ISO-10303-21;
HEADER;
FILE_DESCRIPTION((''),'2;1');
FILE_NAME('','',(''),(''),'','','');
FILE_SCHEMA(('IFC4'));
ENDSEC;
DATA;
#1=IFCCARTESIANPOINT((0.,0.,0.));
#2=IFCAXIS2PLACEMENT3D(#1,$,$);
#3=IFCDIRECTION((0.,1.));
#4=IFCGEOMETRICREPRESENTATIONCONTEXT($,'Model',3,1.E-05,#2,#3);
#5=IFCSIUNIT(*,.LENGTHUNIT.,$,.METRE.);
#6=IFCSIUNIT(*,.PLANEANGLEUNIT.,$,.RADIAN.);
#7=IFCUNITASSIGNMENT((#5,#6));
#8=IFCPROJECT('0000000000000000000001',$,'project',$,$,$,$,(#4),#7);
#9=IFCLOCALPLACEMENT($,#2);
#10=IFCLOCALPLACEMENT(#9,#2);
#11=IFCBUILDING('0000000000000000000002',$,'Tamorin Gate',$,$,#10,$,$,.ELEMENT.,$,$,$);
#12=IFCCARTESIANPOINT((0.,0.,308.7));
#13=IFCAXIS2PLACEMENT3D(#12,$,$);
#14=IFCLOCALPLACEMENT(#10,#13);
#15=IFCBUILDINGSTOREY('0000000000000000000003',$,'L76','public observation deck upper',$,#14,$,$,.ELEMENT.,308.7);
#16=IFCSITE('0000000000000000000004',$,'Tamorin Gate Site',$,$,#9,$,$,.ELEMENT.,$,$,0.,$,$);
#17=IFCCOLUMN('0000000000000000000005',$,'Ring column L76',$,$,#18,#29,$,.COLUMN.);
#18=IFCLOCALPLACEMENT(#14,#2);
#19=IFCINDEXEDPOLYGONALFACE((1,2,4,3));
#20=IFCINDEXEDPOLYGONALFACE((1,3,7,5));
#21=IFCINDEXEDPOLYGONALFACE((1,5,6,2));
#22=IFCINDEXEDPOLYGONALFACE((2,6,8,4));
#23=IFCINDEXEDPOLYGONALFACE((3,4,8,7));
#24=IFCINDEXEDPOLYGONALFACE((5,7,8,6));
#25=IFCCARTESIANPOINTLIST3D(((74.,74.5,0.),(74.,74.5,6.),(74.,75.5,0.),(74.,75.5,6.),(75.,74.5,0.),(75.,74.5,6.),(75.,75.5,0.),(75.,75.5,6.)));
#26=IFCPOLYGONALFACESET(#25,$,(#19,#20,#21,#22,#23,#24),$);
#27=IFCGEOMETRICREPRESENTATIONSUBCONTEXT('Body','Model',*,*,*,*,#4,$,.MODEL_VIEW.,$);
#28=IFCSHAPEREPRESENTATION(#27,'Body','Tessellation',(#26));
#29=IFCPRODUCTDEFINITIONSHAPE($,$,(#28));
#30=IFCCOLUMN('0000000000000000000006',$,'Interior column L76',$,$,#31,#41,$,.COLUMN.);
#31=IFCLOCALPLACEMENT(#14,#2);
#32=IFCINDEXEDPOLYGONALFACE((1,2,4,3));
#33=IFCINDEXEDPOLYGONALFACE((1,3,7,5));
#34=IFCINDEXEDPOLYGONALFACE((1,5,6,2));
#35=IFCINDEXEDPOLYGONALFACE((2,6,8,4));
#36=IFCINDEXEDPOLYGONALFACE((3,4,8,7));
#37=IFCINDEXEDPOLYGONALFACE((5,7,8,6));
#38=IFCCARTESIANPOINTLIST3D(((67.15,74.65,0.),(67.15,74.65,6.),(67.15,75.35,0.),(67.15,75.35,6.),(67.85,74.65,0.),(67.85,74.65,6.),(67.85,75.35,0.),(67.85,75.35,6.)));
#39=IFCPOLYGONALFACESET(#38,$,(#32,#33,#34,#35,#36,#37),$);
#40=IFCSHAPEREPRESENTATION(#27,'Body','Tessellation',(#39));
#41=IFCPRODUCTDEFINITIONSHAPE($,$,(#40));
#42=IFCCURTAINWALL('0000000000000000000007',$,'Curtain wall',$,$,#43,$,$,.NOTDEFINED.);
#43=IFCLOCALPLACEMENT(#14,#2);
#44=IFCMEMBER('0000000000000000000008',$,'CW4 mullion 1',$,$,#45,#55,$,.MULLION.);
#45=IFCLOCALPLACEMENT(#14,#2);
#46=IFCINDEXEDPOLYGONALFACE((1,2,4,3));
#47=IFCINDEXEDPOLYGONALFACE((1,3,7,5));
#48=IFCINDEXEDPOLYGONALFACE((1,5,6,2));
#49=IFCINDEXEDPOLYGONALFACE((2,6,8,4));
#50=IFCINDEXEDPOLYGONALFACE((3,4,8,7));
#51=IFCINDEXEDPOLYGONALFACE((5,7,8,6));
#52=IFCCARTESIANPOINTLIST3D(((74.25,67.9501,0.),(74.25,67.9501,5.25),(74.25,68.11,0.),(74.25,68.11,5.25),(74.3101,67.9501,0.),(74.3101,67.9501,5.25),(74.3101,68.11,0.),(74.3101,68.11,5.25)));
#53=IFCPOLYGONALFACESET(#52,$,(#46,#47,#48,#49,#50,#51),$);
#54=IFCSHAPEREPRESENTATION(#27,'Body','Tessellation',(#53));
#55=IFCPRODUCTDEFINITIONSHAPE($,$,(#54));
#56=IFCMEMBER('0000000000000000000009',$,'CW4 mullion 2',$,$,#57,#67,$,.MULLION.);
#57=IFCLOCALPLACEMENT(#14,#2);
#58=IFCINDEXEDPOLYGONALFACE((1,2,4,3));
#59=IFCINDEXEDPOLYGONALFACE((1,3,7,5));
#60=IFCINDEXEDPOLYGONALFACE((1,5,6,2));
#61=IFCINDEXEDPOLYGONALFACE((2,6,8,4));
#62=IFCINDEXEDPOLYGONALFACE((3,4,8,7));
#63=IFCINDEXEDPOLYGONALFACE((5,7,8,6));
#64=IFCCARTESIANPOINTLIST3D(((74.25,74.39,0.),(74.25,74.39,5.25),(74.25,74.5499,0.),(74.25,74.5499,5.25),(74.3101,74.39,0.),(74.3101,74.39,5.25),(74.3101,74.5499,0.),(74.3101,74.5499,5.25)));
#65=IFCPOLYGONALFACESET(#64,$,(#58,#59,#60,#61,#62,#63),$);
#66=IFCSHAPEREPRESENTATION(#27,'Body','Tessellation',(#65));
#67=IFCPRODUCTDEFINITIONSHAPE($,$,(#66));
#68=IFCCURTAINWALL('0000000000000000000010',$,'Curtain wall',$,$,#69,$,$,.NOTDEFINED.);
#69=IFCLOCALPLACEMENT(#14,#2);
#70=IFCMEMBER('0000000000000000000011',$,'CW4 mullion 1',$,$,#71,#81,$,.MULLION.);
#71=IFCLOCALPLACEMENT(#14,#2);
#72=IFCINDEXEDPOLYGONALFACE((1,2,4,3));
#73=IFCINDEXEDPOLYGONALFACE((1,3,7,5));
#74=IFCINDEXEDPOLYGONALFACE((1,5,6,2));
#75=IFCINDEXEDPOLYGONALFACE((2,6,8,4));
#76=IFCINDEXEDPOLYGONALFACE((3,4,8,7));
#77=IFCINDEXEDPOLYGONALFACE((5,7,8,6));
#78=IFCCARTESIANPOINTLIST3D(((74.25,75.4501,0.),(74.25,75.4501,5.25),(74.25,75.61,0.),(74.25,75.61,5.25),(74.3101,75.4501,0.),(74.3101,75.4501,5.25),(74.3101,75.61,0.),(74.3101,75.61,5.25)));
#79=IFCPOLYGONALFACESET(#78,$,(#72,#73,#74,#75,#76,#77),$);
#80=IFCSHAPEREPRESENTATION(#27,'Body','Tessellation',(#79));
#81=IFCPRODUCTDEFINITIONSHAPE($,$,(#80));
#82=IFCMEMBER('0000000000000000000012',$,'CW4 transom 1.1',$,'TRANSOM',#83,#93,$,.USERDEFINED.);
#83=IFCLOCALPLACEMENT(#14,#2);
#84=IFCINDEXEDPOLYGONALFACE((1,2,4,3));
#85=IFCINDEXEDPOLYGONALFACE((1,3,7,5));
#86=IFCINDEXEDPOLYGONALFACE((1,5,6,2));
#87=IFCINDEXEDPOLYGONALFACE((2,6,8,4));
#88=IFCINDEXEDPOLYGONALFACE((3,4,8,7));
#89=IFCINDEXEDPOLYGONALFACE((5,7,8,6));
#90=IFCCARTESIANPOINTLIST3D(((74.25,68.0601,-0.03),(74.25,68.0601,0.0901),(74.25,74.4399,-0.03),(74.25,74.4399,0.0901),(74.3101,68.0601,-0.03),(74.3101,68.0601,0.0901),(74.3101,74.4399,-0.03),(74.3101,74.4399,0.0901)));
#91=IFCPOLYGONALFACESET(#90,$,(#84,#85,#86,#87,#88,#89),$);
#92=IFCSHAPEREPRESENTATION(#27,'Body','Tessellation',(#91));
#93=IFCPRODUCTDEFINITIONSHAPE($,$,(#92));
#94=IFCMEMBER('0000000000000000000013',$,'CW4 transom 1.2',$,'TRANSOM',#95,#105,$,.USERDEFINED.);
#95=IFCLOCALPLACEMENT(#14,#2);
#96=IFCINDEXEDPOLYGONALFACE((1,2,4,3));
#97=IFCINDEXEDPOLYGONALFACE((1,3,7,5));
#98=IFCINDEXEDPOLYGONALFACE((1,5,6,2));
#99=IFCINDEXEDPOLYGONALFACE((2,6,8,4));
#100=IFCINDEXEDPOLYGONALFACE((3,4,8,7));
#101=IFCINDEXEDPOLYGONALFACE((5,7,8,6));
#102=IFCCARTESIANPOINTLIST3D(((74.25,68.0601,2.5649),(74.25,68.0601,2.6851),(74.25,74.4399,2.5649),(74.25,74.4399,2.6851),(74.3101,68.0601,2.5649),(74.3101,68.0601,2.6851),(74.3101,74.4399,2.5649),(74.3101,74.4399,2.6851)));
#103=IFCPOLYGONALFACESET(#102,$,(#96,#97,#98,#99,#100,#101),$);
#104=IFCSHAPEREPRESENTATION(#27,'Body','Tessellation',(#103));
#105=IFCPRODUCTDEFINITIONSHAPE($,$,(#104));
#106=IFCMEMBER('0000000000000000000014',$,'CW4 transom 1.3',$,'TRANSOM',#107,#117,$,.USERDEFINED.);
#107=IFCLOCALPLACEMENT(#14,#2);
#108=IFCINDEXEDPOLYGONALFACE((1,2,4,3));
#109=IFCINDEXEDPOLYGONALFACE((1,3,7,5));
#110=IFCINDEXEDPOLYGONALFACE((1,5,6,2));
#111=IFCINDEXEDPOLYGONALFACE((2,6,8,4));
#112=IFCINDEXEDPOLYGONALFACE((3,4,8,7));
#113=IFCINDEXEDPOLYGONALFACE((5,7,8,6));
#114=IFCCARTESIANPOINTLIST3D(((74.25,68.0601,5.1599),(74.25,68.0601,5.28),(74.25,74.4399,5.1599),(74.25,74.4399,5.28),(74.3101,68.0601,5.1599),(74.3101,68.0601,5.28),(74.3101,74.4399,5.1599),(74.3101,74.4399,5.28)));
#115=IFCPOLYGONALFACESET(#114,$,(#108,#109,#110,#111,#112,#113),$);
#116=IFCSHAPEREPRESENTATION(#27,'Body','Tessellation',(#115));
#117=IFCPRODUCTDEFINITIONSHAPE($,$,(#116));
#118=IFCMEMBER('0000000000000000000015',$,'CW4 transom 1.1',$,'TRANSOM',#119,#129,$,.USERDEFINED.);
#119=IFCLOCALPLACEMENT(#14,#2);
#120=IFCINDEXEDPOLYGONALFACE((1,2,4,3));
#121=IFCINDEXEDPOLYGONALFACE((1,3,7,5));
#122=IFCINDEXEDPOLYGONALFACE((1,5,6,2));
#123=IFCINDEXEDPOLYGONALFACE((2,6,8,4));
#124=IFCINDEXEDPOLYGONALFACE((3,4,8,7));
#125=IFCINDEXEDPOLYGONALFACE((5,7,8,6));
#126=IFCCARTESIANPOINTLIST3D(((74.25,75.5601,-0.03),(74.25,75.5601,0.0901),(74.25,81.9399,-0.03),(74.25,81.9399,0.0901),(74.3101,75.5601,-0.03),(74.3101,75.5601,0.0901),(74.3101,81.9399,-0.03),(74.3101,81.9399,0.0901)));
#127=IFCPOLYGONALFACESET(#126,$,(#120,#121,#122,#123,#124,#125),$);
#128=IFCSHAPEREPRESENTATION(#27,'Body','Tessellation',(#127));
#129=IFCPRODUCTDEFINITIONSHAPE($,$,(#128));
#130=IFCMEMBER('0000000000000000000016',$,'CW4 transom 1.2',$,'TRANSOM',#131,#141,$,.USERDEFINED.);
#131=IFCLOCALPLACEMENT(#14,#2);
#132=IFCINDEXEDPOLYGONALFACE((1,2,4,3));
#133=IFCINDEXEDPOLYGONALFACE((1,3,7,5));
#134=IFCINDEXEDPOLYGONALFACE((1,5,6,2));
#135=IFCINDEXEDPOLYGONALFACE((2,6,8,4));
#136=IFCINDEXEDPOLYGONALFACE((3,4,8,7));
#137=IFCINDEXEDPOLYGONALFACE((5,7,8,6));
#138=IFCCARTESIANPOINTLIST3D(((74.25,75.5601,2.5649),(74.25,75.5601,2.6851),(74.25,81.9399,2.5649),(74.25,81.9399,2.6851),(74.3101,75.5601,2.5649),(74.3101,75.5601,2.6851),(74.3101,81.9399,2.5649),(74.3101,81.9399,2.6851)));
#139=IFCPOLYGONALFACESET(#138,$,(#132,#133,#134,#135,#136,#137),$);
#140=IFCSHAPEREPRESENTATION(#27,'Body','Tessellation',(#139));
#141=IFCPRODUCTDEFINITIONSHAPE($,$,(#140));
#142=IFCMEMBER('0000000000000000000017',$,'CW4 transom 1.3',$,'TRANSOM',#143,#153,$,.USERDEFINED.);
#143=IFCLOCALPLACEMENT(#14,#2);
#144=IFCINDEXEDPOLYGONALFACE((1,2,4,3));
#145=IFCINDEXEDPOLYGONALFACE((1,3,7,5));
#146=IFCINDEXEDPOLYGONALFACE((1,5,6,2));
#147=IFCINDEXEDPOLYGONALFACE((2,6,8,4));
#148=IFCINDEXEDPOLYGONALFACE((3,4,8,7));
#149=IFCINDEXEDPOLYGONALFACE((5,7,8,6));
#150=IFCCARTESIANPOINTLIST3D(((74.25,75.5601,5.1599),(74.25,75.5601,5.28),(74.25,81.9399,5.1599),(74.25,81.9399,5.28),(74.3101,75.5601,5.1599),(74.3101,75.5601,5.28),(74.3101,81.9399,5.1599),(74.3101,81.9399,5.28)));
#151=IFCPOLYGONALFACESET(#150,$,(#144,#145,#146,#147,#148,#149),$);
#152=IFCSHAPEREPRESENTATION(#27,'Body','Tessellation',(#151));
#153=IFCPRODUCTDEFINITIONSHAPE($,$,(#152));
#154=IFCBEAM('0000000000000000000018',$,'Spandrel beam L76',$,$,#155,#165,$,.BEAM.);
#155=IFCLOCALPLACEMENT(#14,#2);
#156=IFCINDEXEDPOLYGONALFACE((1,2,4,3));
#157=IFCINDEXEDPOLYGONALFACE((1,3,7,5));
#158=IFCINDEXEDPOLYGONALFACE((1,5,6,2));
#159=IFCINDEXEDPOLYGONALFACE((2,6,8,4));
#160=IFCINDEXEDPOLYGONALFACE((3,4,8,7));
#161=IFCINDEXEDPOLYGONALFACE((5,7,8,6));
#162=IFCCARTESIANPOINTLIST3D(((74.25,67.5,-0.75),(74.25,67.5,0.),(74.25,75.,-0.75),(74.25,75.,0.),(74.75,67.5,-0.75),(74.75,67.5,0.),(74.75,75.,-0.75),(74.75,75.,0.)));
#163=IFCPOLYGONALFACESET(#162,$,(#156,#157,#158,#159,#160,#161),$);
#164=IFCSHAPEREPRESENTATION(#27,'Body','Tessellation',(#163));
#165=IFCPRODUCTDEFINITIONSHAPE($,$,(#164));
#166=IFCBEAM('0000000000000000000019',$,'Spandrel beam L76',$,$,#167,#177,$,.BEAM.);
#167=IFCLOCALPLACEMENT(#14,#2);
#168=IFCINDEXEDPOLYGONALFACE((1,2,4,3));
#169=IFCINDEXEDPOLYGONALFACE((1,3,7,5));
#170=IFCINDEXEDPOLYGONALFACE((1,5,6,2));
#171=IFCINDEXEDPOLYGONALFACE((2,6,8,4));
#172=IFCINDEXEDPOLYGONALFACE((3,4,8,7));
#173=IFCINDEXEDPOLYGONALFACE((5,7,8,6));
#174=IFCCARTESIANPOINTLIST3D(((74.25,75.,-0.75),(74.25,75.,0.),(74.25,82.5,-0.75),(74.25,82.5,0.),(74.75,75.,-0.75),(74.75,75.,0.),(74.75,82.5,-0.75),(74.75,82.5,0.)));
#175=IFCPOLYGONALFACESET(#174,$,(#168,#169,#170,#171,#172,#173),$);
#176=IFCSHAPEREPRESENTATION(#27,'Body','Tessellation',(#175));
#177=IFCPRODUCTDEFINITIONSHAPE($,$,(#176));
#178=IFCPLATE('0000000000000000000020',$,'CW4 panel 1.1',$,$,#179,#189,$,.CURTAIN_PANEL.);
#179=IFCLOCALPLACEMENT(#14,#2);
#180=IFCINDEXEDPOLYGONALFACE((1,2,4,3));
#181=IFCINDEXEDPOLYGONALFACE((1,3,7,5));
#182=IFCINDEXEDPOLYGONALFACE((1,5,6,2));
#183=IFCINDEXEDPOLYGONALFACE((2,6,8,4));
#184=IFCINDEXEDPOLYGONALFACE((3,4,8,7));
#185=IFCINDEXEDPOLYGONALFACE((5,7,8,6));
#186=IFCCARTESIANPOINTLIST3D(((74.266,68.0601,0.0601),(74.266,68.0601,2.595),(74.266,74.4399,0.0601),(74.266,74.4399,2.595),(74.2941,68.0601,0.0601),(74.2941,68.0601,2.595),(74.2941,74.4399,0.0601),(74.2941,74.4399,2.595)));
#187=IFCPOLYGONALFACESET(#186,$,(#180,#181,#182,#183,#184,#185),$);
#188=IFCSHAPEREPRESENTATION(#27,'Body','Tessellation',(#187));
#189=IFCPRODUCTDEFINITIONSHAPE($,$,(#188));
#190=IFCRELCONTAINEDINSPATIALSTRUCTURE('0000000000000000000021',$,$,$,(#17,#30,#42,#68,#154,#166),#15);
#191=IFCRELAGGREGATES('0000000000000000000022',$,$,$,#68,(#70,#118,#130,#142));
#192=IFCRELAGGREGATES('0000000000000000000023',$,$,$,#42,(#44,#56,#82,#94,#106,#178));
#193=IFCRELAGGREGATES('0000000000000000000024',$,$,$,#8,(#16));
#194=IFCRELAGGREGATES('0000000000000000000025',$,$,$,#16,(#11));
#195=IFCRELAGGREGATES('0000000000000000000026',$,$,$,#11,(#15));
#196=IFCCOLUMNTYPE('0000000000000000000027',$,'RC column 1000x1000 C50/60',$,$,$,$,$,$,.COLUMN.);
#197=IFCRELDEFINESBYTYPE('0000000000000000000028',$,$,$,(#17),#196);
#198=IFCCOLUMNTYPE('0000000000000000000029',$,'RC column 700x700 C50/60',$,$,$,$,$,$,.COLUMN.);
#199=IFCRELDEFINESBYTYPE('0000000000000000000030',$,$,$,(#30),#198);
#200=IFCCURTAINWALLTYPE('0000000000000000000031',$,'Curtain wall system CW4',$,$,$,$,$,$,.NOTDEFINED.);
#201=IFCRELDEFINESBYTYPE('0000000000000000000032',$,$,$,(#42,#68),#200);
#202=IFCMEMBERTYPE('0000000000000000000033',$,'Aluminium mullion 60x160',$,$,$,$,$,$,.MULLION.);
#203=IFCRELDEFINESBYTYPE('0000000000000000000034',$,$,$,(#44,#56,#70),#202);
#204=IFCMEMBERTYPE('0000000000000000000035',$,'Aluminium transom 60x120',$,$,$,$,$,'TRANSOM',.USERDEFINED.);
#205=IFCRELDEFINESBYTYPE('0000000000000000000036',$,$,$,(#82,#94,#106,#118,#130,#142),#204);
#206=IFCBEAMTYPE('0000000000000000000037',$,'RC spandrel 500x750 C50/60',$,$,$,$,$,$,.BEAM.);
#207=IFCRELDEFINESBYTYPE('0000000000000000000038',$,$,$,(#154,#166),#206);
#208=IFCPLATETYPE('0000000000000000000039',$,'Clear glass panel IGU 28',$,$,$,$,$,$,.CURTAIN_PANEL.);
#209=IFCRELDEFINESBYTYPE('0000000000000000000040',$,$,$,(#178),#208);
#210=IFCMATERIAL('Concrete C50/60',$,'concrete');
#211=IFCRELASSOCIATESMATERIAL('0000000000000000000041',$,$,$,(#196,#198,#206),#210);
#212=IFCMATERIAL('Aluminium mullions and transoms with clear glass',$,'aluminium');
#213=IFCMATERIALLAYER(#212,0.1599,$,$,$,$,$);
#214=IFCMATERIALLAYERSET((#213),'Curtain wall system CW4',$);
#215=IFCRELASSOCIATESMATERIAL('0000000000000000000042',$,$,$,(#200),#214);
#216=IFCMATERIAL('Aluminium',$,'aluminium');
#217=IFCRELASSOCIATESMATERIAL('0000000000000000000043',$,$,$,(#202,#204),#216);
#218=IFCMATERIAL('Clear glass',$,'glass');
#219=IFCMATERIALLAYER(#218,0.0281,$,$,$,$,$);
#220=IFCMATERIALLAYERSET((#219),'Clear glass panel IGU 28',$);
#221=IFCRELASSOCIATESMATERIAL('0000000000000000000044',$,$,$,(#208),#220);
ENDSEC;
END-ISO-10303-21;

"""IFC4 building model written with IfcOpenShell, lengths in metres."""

from ifc_helpers import new_model, si_unit, direction, frame, origin, origin_2d, place, context, subcontext, project, spatial, rectangle, extrude, material, layer, layer_set, material_profile, profile_set, type_object, element, aggregate, save


model = new_model("IFC4")

# Units and contexts
model_context = context("Model", 3, precision=1e-05, world=origin(), true_north=direction((0.0, 1.0)))
body_context = subcontext(model_context, "Body", "Model", "MODEL_VIEW")
ifc_project = project(units=[si_unit("LENGTHUNIT", "METRE"), si_unit("PLANEANGLEUNIT", "RADIAN")], contexts=[model_context])

# Site, building, storey
site_placement = place(None, origin())
site = spatial("IfcSite", under=ifc_project, at=site_placement, Name="Tamorin Gate Site", CompositionType="ELEMENT", RefElevation=0.0)
building_placement = place(site_placement, origin())
building = spatial("IfcBuilding", under=site, at=building_placement, Name="Tamorin Gate", CompositionType="ELEMENT")
storey_placement = place(building_placement, frame((0.0, 0.0, 308.7)))
storey = spatial("IfcBuildingStorey", under=building, at=storey_placement, Name="L76", Description="public observation deck upper", CompositionType="ELEMENT", Elevation=308.7)

# Columns
ifc_material_1 = material(Name="Concrete C50/60", Category="concrete")
ifc_material_profile_1 = material_profile(ifc_material_1, rectangle(XDim=1.0, YDim=1.0, at=origin_2d()), Name="RC 1000x1000")
ifc_profile_set_1 = profile_set([ifc_material_profile_1], Name="Concrete C50/60")
column_type_1 = type_object("IfcColumnType", Name="RC column 1000x1000 C50/60", PredefinedType="COLUMN", material=ifc_profile_set_1)
column_1_placement = place(storey_placement, frame((74.5, 75.0, 0.0), z_axis=(0.0, 0.0, 1.0), x_axis=(1.0, 0.0, 0.0)))
element("IfcColumn", 1, at=column_1_placement, inside=storey, type_object=column_type_1, Name="Ring column L76", PredefinedType="COLUMN", context=body_context, shape_type="SweptSolid", body=[
    extrude(rectangle(XDim=1.0, YDim=1.0, at=origin_2d()), origin(), (0.0, 0.0, 1.0), 6.0),
])
ifc_material_profile_2 = material_profile(ifc_material_1, rectangle(XDim=0.7, YDim=0.7, at=origin_2d()), Name="RC 700x700")
ifc_profile_set_2 = profile_set([ifc_material_profile_2], Name="Concrete C50/60")
column_type_2 = type_object("IfcColumnType", Name="RC column 700x700 C50/60", PredefinedType="COLUMN", material=ifc_profile_set_2)
column_2_placement = place(storey_placement, frame((67.5, 75.0, 0.0), z_axis=(0.0, 0.0, 1.0), x_axis=(1.0, 0.0, 0.0)))
element("IfcColumn", 2, at=column_2_placement, inside=storey, type_object=column_type_2, Name="Interior column L76", PredefinedType="COLUMN", context=body_context, shape_type="SweptSolid", body=[
    extrude(rectangle(XDim=0.7, YDim=0.7, at=origin_2d()), origin(), (0.0, 0.0, 1.0), 6.0),
])

# Curtain wall, members
ifc_material_2 = material(Name="Aluminium mullions and transoms with clear glass", Category="aluminium")
ifc_layer_1 = layer(ifc_material_2, 0.1599)
ifc_layer_set_1 = layer_set([ifc_layer_1], Name="Curtain wall system CW4")
curtain_wall_type = type_object("IfcCurtainWallType", Name="Curtain wall system CW4", PredefinedType="NOTDEFINED", material=ifc_layer_set_1)
curtain_wall_1_placement = place(storey_placement, origin())
curtain_wall_1 = element("IfcCurtainWall", 3, at=curtain_wall_1_placement, inside=storey, type_object=curtain_wall_type, Name="Curtain wall", PredefinedType="NOTDEFINED")
ifc_material_3 = material(Name="Aluminium", Category="aluminium")
ifc_material_profile_3 = material_profile(ifc_material_3, rectangle(XDim=0.0601, YDim=0.1599, at=origin_2d()), Name="RECT 60x160")
ifc_profile_set_3 = profile_set([ifc_material_profile_3], Name="Aluminium")
member_type_1 = type_object("IfcMemberType", Name="Aluminium mullion 60x160", PredefinedType="MULLION", material=ifc_profile_set_3)
member_1_placement = place(storey_placement, frame((74.28, 68.03, 0.0), z_axis=(0.0, 0.0, 1.0), x_axis=(-1.0, 0.0, 0.0)))
member_1 = element("IfcMember", 4, at=member_1_placement, type_object=member_type_1, Name="CW4 mullion 1", PredefinedType="MULLION", context=body_context, shape_type="SweptSolid", body=[
    extrude(rectangle(XDim=0.0601, YDim=0.1599, at=origin_2d()), origin(), (0.0, 0.0, 1.0), 5.25),
])
member_2_placement = place(storey_placement, frame((74.28, 74.47, 0.0), z_axis=(0.0, 0.0, 1.0), x_axis=(-1.0, 0.0, 0.0)))
member_2 = element("IfcMember", 5, at=member_2_placement, type_object=member_type_1, Name="CW4 mullion 2", PredefinedType="MULLION", context=body_context, shape_type="SweptSolid", body=[
    extrude(rectangle(XDim=0.0601, YDim=0.1599, at=origin_2d()), origin(), (0.0, 0.0, 1.0), 5.25),
])

# Curtain wall, member
curtain_wall_2_placement = place(storey_placement, origin())
curtain_wall_2 = element("IfcCurtainWall", 6, at=curtain_wall_2_placement, inside=storey, type_object=curtain_wall_type, Name="Curtain wall", PredefinedType="NOTDEFINED")
member_3_placement = place(storey_placement, frame((74.28, 75.53, 0.0), z_axis=(0.0, 0.0, 1.0), x_axis=(-1.0, 0.0, 0.0)))
member_3 = element("IfcMember", 7, at=member_3_placement, type_object=member_type_1, Name="CW4 mullion 1", PredefinedType="MULLION", context=body_context, shape_type="SweptSolid", body=[
    extrude(rectangle(XDim=0.0601, YDim=0.1599, at=origin_2d()), origin(), (0.0, 0.0, 1.0), 5.25),
])

# Members
ifc_material_profile_4 = material_profile(ifc_material_3, rectangle(XDim=0.0601, YDim=0.1201, at=origin_2d()), Name="RECT 60x120")
ifc_profile_set_4 = profile_set([ifc_material_profile_4], Name="Aluminium")
member_type_2 = type_object("IfcMemberType", Name="Aluminium transom 60x120", ElementType="TRANSOM", PredefinedType="USERDEFINED", material=ifc_profile_set_4)
member_4_placement = place(storey_placement, frame((74.28, 68.0601, 0.03), z_axis=(0.0, 1.0, 0.0), x_axis=(-1.0, 0.0, 0.0)))
member_4 = element("IfcMember", 8, at=member_4_placement, type_object=member_type_2, Name="CW4 transom 1.1", ObjectType="TRANSOM", PredefinedType="USERDEFINED", context=body_context, shape_type="SweptSolid", body=[
    extrude(rectangle(XDim=0.0601, YDim=0.1201, at=origin_2d()), origin(), (0.0, 0.0, 1.0), 6.3799),
])
member_5_placement = place(storey_placement, frame((74.28, 68.0601, 2.625), z_axis=(0.0, 1.0, 0.0), x_axis=(-1.0, 0.0, 0.0)))
member_5 = element("IfcMember", 9, at=member_5_placement, type_object=member_type_2, Name="CW4 transom 1.2", ObjectType="TRANSOM", PredefinedType="USERDEFINED", context=body_context, shape_type="SweptSolid", body=[
    extrude(rectangle(XDim=0.0601, YDim=0.1201, at=origin_2d()), origin(), (0.0, 0.0, 1.0), 6.3799),
])
member_6_placement = place(storey_placement, frame((74.28, 68.0601, 5.22), z_axis=(0.0, 1.0, 0.0), x_axis=(-1.0, 0.0, 0.0)))
member_6 = element("IfcMember", 10, at=member_6_placement, type_object=member_type_2, Name="CW4 transom 1.3", ObjectType="TRANSOM", PredefinedType="USERDEFINED", context=body_context, shape_type="SweptSolid", body=[
    extrude(rectangle(XDim=0.0601, YDim=0.1201, at=origin_2d()), origin(), (0.0, 0.0, 1.0), 6.3799),
])
member_7_placement = place(storey_placement, frame((74.28, 75.5601, 0.03), z_axis=(0.0, 1.0, 0.0), x_axis=(-1.0, 0.0, 0.0)))
member_7 = element("IfcMember", 11, at=member_7_placement, type_object=member_type_2, Name="CW4 transom 1.1", ObjectType="TRANSOM", PredefinedType="USERDEFINED", context=body_context, shape_type="SweptSolid", body=[
    extrude(rectangle(XDim=0.0601, YDim=0.1201, at=origin_2d()), origin(), (0.0, 0.0, 1.0), 6.3799),
])
member_8_placement = place(storey_placement, frame((74.28, 75.5601, 2.625), z_axis=(0.0, 1.0, 0.0), x_axis=(-1.0, 0.0, 0.0)))
member_8 = element("IfcMember", 12, at=member_8_placement, type_object=member_type_2, Name="CW4 transom 1.2", ObjectType="TRANSOM", PredefinedType="USERDEFINED", context=body_context, shape_type="SweptSolid", body=[
    extrude(rectangle(XDim=0.0601, YDim=0.1201, at=origin_2d()), origin(), (0.0, 0.0, 1.0), 6.3799),
])
member_9_placement = place(storey_placement, frame((74.28, 75.5601, 5.22), z_axis=(0.0, 1.0, 0.0), x_axis=(-1.0, 0.0, 0.0)))
member_9 = element("IfcMember", 13, at=member_9_placement, type_object=member_type_2, Name="CW4 transom 1.3", ObjectType="TRANSOM", PredefinedType="USERDEFINED", context=body_context, shape_type="SweptSolid", body=[
    extrude(rectangle(XDim=0.0601, YDim=0.1201, at=origin_2d()), origin(), (0.0, 0.0, 1.0), 6.3799),
])
aggregate(curtain_wall_2, [member_3, member_7, member_8, member_9])

# Beams
ifc_material_profile_5 = material_profile(ifc_material_1, rectangle(XDim=0.5, YDim=0.75, at=origin_2d()), Name="RC 500x750")
ifc_profile_set_5 = profile_set([ifc_material_profile_5], Name="Concrete C50/60")
beam_type = type_object("IfcBeamType", Name="RC spandrel 500x750 C50/60", PredefinedType="BEAM", material=ifc_profile_set_5)
for number, where, z_axis, x_axis, name in (
    (14, (74.5, 67.5, -0.375), (0.0, 1.0, 0.0), (-1.0, 0.0, 0.0), "Spandrel beam L76"),
    (15, (74.5, 75.0, -0.375), (0.0, 1.0, 0.0), (-1.0, 0.0, 0.0), "Spandrel beam L76"),
):
    element("IfcBeam", number, at=place(storey_placement, frame(where, z_axis=z_axis, x_axis=x_axis)), inside=storey, type_object=beam_type, Name=name, PredefinedType="BEAM", context=body_context, shape_type="SweptSolid", body=[
        extrude(rectangle(XDim=0.5, YDim=0.75, at=origin_2d()), origin(), (0.0, 0.0, 1.0), 7.5),
    ])

# Plate
ifc_material_4 = material(Name="Clear glass", Category="glass")
ifc_layer_2 = layer(ifc_material_4, 0.0281)
ifc_layer_set_2 = layer_set([ifc_layer_2], Name="Clear glass panel IGU 28")
plate_type = type_object("IfcPlateType", Name="Clear glass panel IGU 28", PredefinedType="CURTAIN_PANEL", material=ifc_layer_set_2)
plate_1_placement = place(storey_placement, frame((74.28, 71.25, 0.0601), z_axis=(0.0, 0.0, 1.0), x_axis=(0.0, 1.0, 0.0)))
plate_1 = element("IfcPlate", 16, at=plate_1_placement, type_object=plate_type, Name="CW4 panel 1.1", PredefinedType="CURTAIN_PANEL", context=body_context, shape_type="SweptSolid", body=[
    extrude(rectangle(XDim=6.3799, YDim=0.0281, at=origin_2d()), origin(), (0.0, 0.0, 1.0), 2.5349),
])
aggregate(curtain_wall_1, [member_1, member_2, member_4, member_5, member_6, plate_1])

save(model, "model.ifc")
